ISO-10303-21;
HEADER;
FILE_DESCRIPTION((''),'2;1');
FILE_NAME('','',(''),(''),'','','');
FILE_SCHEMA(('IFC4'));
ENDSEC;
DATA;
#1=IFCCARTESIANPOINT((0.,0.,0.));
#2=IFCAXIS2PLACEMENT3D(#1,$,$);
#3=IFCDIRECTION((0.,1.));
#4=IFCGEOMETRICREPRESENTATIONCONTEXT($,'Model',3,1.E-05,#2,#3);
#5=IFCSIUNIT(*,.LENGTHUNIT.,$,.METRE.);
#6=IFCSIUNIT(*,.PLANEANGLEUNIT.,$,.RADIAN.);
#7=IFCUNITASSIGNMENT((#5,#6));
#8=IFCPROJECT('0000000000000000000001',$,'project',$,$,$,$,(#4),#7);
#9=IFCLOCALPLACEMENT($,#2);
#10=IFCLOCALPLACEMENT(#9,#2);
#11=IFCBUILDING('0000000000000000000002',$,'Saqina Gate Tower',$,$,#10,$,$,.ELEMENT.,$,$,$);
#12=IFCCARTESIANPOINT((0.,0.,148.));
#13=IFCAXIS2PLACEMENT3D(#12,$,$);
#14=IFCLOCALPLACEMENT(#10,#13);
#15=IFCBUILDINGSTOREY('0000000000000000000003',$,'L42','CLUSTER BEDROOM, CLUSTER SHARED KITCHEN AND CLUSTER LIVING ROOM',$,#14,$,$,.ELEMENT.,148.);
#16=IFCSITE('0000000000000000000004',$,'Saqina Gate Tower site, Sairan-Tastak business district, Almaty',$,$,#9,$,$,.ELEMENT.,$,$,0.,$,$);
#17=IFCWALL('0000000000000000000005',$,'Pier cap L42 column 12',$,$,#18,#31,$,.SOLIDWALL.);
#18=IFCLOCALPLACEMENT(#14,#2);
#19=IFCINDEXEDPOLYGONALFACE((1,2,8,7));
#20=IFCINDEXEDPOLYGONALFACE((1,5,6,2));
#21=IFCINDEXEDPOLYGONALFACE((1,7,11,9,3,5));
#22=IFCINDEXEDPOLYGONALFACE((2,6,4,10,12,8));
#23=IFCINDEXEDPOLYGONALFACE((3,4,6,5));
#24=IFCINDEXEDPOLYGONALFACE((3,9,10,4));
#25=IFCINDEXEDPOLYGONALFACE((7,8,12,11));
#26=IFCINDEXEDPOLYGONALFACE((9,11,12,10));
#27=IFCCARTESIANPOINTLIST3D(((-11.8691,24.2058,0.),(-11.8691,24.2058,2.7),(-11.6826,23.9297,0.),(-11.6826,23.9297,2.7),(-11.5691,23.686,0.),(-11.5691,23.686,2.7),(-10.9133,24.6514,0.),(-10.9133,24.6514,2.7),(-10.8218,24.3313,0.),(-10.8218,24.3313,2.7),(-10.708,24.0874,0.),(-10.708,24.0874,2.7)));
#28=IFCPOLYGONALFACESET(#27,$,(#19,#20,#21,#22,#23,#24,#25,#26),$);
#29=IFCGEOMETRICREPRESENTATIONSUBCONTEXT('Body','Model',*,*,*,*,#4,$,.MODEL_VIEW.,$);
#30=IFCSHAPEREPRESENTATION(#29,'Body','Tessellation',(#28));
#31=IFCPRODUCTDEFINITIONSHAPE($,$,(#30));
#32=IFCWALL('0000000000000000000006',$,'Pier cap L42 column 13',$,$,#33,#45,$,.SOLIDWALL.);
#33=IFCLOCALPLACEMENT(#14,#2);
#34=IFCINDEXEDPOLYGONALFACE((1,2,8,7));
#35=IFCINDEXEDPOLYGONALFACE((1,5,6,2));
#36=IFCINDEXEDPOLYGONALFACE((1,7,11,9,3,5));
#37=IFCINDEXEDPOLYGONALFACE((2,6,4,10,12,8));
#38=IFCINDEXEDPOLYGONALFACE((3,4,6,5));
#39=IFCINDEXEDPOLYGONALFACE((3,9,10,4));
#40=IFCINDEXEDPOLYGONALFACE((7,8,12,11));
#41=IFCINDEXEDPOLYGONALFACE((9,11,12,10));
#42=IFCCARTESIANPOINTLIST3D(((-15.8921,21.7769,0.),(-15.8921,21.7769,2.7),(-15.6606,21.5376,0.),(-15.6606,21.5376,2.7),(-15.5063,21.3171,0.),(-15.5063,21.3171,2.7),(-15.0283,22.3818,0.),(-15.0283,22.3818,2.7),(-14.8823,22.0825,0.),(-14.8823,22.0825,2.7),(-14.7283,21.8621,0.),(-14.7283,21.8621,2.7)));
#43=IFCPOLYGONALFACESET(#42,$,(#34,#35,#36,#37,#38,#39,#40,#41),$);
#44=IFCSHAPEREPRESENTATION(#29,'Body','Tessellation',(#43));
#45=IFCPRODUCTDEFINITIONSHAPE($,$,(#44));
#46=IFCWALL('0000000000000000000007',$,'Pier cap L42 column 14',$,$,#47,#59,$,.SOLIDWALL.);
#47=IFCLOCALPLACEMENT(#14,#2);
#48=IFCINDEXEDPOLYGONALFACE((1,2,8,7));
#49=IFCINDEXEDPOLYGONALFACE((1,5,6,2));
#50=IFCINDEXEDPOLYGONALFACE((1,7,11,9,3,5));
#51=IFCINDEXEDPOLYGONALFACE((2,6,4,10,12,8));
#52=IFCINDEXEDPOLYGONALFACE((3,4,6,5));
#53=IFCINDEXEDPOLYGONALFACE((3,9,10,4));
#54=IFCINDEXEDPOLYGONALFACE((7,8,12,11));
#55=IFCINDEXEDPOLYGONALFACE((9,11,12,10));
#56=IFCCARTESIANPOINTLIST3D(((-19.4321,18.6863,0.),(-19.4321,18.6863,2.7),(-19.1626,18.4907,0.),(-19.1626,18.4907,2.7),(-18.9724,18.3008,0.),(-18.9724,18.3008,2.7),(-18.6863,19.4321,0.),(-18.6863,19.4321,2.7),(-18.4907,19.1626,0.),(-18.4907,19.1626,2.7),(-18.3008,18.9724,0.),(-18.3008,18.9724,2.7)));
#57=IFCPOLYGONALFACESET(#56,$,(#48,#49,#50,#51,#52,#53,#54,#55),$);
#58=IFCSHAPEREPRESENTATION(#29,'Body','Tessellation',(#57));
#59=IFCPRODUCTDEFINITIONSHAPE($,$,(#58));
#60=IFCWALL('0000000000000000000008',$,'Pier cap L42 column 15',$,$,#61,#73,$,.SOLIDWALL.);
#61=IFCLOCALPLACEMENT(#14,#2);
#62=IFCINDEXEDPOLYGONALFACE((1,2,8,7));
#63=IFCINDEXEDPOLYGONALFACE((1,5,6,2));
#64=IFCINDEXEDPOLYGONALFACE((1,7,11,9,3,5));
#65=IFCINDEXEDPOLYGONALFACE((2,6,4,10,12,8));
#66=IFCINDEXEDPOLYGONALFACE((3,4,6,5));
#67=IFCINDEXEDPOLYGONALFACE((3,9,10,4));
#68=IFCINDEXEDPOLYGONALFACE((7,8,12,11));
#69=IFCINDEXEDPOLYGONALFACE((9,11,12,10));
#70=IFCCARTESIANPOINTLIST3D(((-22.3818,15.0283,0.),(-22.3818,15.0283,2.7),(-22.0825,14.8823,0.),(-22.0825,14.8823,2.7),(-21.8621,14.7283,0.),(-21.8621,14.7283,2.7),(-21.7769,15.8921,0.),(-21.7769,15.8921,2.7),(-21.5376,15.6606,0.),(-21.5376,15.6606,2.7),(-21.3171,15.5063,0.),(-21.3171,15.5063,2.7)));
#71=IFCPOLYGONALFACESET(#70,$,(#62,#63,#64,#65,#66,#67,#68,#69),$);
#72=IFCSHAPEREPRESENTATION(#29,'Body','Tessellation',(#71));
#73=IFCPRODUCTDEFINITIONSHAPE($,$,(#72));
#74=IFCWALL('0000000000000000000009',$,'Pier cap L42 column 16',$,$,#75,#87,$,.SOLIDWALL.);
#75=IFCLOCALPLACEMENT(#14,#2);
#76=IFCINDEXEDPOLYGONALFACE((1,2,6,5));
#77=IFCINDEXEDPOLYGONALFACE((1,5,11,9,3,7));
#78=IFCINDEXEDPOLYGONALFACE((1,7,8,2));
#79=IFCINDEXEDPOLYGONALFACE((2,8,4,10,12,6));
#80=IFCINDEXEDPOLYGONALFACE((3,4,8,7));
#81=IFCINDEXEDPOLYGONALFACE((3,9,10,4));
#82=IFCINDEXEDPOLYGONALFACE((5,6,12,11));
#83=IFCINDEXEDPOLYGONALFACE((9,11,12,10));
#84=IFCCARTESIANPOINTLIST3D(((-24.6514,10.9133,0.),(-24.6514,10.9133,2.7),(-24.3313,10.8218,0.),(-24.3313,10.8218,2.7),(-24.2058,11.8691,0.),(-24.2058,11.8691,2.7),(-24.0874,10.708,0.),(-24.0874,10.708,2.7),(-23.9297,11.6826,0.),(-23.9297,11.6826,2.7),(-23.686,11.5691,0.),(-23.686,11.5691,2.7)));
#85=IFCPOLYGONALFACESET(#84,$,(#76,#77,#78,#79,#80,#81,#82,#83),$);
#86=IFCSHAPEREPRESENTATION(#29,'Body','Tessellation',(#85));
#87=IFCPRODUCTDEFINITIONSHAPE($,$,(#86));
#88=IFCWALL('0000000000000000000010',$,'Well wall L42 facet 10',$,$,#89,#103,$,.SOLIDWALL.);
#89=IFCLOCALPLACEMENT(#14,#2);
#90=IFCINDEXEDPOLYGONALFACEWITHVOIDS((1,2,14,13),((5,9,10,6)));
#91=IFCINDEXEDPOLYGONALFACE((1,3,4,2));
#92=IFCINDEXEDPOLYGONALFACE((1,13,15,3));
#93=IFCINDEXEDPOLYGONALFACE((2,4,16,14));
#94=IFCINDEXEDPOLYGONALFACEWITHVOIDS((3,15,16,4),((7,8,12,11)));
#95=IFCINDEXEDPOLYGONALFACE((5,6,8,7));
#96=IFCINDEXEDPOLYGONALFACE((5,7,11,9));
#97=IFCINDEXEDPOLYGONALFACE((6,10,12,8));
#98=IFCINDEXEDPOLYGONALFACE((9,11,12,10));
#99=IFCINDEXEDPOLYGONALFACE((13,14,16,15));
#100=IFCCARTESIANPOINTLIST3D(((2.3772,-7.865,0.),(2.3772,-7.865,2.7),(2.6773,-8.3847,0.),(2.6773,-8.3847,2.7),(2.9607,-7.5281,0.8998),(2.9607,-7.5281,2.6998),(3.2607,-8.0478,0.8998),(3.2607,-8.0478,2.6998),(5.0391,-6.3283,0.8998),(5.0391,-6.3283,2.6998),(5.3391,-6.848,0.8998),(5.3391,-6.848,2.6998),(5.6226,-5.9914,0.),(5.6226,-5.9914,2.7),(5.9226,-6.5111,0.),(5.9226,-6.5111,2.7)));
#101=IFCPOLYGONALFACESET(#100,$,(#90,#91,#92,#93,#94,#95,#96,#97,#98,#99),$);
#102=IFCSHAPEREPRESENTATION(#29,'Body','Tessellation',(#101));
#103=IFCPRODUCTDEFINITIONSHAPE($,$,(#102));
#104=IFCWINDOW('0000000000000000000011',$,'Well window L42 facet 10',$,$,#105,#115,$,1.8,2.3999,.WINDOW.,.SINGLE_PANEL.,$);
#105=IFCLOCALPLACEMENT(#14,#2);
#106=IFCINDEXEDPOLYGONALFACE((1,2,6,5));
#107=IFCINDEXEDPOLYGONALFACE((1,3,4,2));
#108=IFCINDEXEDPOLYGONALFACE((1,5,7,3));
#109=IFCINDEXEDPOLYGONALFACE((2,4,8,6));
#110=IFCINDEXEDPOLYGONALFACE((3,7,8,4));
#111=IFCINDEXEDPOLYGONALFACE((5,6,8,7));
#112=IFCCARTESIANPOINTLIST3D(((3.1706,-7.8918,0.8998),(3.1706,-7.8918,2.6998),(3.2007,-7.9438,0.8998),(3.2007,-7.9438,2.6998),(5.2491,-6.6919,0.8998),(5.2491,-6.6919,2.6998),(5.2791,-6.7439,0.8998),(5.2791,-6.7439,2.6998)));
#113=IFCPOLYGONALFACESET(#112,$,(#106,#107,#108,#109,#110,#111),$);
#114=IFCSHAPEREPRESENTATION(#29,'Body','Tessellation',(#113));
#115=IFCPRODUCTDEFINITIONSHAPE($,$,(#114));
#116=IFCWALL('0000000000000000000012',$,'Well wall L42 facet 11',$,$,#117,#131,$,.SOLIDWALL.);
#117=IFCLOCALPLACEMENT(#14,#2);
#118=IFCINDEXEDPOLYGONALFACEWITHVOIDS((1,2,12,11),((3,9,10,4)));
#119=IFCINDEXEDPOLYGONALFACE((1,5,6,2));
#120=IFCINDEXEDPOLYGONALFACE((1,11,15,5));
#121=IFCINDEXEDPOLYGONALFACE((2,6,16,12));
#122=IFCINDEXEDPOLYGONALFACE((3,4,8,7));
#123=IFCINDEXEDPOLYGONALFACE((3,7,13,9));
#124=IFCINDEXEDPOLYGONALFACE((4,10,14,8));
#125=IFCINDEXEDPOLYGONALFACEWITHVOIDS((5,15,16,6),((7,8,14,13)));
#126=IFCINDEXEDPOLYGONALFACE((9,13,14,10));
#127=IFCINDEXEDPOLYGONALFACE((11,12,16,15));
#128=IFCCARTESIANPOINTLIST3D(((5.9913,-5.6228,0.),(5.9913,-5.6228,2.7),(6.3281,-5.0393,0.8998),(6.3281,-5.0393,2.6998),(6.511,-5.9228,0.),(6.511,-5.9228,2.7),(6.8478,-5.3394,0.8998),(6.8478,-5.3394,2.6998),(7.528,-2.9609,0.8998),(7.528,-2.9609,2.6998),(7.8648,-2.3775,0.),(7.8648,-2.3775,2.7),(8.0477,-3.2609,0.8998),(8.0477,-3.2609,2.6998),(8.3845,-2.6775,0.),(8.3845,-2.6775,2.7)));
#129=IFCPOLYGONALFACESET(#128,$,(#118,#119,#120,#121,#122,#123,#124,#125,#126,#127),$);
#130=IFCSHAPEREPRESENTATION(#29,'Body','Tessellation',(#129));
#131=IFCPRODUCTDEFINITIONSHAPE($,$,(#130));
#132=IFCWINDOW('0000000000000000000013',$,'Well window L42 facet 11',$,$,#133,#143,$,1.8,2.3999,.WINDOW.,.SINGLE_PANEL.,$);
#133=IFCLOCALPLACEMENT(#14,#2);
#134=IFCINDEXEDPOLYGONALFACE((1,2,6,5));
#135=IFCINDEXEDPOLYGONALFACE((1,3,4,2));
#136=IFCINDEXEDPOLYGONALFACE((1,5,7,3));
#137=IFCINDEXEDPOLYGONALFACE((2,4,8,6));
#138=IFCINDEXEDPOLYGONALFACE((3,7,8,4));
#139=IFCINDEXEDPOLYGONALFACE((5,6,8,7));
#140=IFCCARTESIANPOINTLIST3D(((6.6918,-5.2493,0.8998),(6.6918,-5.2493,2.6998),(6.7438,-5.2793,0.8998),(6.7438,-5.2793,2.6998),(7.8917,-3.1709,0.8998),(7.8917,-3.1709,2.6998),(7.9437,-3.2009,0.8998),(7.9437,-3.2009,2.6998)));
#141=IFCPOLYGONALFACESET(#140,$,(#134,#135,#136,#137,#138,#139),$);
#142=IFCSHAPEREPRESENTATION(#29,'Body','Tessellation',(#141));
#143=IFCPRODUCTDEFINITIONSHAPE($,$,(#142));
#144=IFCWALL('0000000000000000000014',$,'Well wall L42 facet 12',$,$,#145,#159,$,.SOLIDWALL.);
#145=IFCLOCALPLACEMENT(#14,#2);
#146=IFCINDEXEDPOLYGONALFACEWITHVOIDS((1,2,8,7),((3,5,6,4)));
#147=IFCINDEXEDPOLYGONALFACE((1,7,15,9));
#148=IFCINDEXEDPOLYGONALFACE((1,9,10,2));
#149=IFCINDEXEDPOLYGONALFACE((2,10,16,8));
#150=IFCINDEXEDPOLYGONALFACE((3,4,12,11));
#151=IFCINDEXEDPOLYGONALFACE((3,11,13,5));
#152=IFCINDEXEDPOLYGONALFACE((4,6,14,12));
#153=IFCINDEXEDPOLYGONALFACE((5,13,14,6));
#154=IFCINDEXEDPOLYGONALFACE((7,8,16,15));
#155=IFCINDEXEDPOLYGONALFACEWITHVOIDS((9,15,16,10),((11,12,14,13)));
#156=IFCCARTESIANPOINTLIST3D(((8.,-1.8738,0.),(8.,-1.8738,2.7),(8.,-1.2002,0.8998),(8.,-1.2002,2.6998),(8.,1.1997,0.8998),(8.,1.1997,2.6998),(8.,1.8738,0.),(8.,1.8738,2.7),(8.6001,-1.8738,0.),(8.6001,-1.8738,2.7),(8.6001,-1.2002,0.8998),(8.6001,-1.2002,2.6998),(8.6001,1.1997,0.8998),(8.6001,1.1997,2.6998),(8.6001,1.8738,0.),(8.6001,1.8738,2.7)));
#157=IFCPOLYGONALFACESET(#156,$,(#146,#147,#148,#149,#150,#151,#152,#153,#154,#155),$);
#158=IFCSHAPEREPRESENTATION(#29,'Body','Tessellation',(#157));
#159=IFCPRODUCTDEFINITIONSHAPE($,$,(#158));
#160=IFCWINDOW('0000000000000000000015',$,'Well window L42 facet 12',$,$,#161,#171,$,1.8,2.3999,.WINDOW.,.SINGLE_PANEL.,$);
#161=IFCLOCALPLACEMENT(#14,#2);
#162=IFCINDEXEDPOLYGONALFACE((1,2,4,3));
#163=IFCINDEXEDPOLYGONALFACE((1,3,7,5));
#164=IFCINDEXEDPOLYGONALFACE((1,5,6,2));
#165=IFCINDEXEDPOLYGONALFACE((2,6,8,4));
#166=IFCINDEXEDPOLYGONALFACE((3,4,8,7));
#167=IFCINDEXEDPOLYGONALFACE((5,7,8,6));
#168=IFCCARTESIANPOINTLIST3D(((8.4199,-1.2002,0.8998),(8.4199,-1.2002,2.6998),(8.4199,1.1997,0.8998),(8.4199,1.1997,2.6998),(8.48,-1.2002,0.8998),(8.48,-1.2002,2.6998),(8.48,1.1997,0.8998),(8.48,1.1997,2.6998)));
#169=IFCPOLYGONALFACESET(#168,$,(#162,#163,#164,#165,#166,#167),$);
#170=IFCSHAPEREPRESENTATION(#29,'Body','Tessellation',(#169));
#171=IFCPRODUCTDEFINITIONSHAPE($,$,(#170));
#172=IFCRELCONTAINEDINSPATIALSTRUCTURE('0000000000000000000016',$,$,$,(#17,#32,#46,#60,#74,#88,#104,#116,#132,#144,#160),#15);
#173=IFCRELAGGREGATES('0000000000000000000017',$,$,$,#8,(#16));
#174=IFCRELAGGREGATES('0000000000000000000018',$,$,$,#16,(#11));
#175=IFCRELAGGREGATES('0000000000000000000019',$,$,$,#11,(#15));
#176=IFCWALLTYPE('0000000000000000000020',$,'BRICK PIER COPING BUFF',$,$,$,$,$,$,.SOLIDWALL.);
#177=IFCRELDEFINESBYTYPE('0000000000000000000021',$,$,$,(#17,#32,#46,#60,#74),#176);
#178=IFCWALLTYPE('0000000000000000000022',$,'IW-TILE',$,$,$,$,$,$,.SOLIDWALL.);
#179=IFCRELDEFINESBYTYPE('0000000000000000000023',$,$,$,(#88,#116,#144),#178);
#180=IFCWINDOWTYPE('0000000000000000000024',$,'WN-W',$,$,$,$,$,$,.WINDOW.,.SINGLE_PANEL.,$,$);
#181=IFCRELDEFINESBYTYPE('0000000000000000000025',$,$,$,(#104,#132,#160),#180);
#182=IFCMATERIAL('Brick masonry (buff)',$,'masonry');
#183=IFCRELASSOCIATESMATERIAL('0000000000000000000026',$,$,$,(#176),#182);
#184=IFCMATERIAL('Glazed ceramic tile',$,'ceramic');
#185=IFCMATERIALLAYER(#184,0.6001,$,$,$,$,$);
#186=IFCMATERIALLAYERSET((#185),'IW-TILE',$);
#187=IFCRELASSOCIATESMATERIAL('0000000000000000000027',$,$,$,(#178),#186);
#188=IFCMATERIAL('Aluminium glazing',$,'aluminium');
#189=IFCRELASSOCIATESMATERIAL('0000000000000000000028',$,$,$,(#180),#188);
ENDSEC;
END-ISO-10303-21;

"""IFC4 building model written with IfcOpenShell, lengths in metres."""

from ifc_helpers import new_model, si_unit, direction, frame, frame_2d, origin, place, context, subcontext, project, spatial, polyline, rectangle, outline, extrude, material, layer, layer_set, type_object, element, fill, save


model = new_model("IFC4")

# Units and contexts
model_context = context("Model", 3, precision=1e-05, world=origin(), true_north=direction((0.0, 1.0)))
body_context = subcontext(model_context, "Body", "Model", "MODEL_VIEW")
ifc_project = project(units=[si_unit("LENGTHUNIT", "METRE"), si_unit("PLANEANGLEUNIT", "RADIAN")], contexts=[model_context])

# Site, building, storey
site_placement = place(None, origin())
site = spatial("IfcSite", under=ifc_project, at=site_placement, Name="Saqina Gate Tower site, Sairan-Tastak business district, Almaty", CompositionType="ELEMENT", RefElevation=0.0)
building_placement = place(site_placement, origin())
building = spatial("IfcBuilding", under=site, at=building_placement, Name="Saqina Gate Tower", CompositionType="ELEMENT")
storey_placement = place(building_placement, frame((0.0, 0.0, 148.0)))
storey = spatial("IfcBuildingStorey", under=building, at=storey_placement, Name="L42", Description="CLUSTER BEDROOM, CLUSTER SHARED KITCHEN AND CLUSTER LIVING ROOM", CompositionType="ELEMENT", Elevation=148.0)

# Walls
ifc_material_1 = material(Name="Brick masonry (buff)", Category="masonry")
wall_type_1 = type_object("IfcWallType", Name="BRICK PIER COPING BUFF", PredefinedType="SOLIDWALL", material=ifc_material_1)
wall_1_placement = place(storey_placement, origin())
element("IfcWall", 1, at=wall_1_placement, inside=storey, type_object=wall_type_1, Name="Pier cap L42 column 12", PredefinedType="SOLIDWALL", context=body_context, shape_type="SweptSolid", body=[
    extrude(outline(polyline([(-10.9133, 24.6514), (-11.8691, 24.2058), (-11.5691, 23.686), (-11.6826, 23.9297), (-10.8218, 24.3313), (-10.708, 24.0874), (-10.9133, 24.6514)])), origin(), (0.0, 0.0, 1.0), 2.7),
])
wall_2_placement = place(storey_placement, origin())
element("IfcWall", 2, at=wall_2_placement, inside=storey, type_object=wall_type_1, Name="Pier cap L42 column 13", PredefinedType="SOLIDWALL", context=body_context, shape_type="SweptSolid", body=[
    extrude(outline(polyline([(-15.8921, 21.7769), (-15.5063, 21.3171), (-15.6606, 21.5376), (-14.8823, 22.0825), (-14.7283, 21.8621), (-15.0283, 22.3818), (-15.8921, 21.7769)])), origin(), (0.0, 0.0, 1.0), 2.7),
])
wall_3_placement = place(storey_placement, origin())
element("IfcWall", 3, at=wall_3_placement, inside=storey, type_object=wall_type_1, Name="Pier cap L42 column 14", PredefinedType="SOLIDWALL", context=body_context, shape_type="SweptSolid", body=[
    extrude(outline(polyline([(-18.6863, 19.4321), (-19.4321, 18.6863), (-18.9724, 18.3008), (-19.1626, 18.4907), (-18.4907, 19.1626), (-18.3008, 18.9724), (-18.6863, 19.4321)])), origin(), (0.0, 0.0, 1.0), 2.7),
])
wall_4_placement = place(storey_placement, origin())
element("IfcWall", 4, at=wall_4_placement, inside=storey, type_object=wall_type_1, Name="Pier cap L42 column 15", PredefinedType="SOLIDWALL", context=body_context, shape_type="SweptSolid", body=[
    extrude(outline(polyline([(-22.3818, 15.0283), (-21.8621, 14.7283), (-22.0825, 14.8823), (-21.5376, 15.6606), (-21.3171, 15.5063), (-21.7769, 15.8921), (-22.3818, 15.0283)])), origin(), (0.0, 0.0, 1.0), 2.7),
])
wall_5_placement = place(storey_placement, origin())
element("IfcWall", 5, at=wall_5_placement, inside=storey, type_object=wall_type_1, Name="Pier cap L42 column 16", PredefinedType="SOLIDWALL", context=body_context, shape_type="SweptSolid", body=[
    extrude(outline(polyline([(-24.6514, 10.9133), (-24.0874, 10.708), (-24.3313, 10.8218), (-23.9297, 11.6826), (-23.686, 11.5691), (-24.2058, 11.8691), (-24.6514, 10.9133)])), origin(), (0.0, 0.0, 1.0), 2.7),
])

# Walls, openings, windows
ifc_material_2 = material(Name="Glazed ceramic tile", Category="ceramic")
ifc_layer_1 = layer(ifc_material_2, 0.6001)
ifc_layer_set_1 = layer_set([ifc_layer_1], Name="IW-TILE")
wall_type_2 = type_object("IfcWallType", Name="IW-TILE", PredefinedType="SOLIDWALL", material=ifc_layer_set_1)
wall_6_placement = place(storey_placement, frame((2.5273, -8.1248, 0.0), z_axis=(0.0, 0.0, 1.0), x_axis=(0.866046, 0.499965, 0.0)))
wall_6 = element("IfcWall", 6, at=wall_6_placement, inside=storey, type_object=wall_type_2, Name="Well wall L42 facet 10", PredefinedType="SOLIDWALL", context=body_context, shape_type="SweptSolid", body=[
    extrude(rectangle(XDim=3.7473, YDim=0.6001, at=frame_2d((1.8735, 0.0))), origin(), (0.0, 0.0, 1.0), 2.7),
])
opening_1_placement = place(wall_6_placement, frame((0.6736, 0.0, 0.8999)))
opening_1 = element("IfcOpeningElement", 7, at=opening_1_placement, cuts=wall_6, PredefinedType="OPENING", context=body_context, shape_type="SweptSolid", body=[
    extrude(rectangle(XDim=2.3999, YDim=1.8, at=frame_2d((1.2, 0.8999))), frame((0.0, 0.312, 0.0), z_axis=(0.0, -1.0, 0.0), x_axis=(1.0, 0.0, 0.0)), (0.0, 0.0, 1.0), 0.624),
])
ifc_material_3 = material(Name="Aluminium glazing", Category="aluminium")
window_type = type_object("IfcWindowType", Name="WN-W", PartitioningType="SINGLE_PANEL", PredefinedType="WINDOW", material=ifc_material_3)
window_1_placement = place(opening_1_placement, origin())
window_1 = element("IfcWindow", 8, at=window_1_placement, inside=storey, type_object=window_type, Name="Well window L42 facet 10", OverallHeight=1.8, OverallWidth=2.3999, PartitioningType="SINGLE_PANEL", PredefinedType="WINDOW", context=body_context, shape_type="SweptSolid", body=[
    extrude(rectangle(XDim=2.3999, YDim=1.8, at=frame_2d((1.2, 0.8999))), frame((0.0, -0.1199, 0.0), z_axis=(0.0, -1.0, 0.0), x_axis=(1.0, 0.0, 0.0)), (0.0, 0.0, 1.0), 0.0601),
])
fill(opening_1, window_1)
wall_7_placement = place(storey_placement, frame((6.2512, -5.7727, 0.0), z_axis=(0.0, 0.0, 1.0), x_axis=(0.499965, 0.866046, 0.0)))
wall_7 = element("IfcWall", 9, at=wall_7_placement, inside=storey, type_object=wall_type_2, Name="Well wall L42 facet 11", PredefinedType="SOLIDWALL", context=body_context, shape_type="SweptSolid", body=[
    extrude(rectangle(XDim=3.7473, YDim=0.6001, at=frame_2d((1.8735, 0.0))), origin(), (0.0, 0.0, 1.0), 2.7),
])
opening_2_placement = place(wall_7_placement, frame((0.6736, 0.0, 0.8999)))
opening_2 = element("IfcOpeningElement", 10, at=opening_2_placement, cuts=wall_7, PredefinedType="OPENING", context=body_context, shape_type="SweptSolid", body=[
    extrude(rectangle(XDim=2.3999, YDim=1.8, at=frame_2d((1.2, 0.8999))), frame((0.0, 0.312, 0.0), z_axis=(0.0, -1.0, 0.0), x_axis=(1.0, 0.0, 0.0)), (0.0, 0.0, 1.0), 0.624),
])
window_2_placement = place(opening_2_placement, origin())
window_2 = element("IfcWindow", 11, at=window_2_placement, inside=storey, type_object=window_type, Name="Well window L42 facet 11", OverallHeight=1.8, OverallWidth=2.3999, PartitioningType="SINGLE_PANEL", PredefinedType="WINDOW", context=body_context, shape_type="SweptSolid", body=[
    extrude(rectangle(XDim=2.3999, YDim=1.8, at=frame_2d((1.2, 0.8999))), frame((0.0, -0.1199, 0.0), z_axis=(0.0, -1.0, 0.0), x_axis=(1.0, 0.0, 0.0)), (0.0, 0.0, 1.0), 0.0601),
])
fill(opening_2, window_2)
wall_8_placement = place(storey_placement, frame((8.3, -1.8738, 0.0), z_axis=(0.0, 0.0, 1.0), x_axis=(0.0, 1.0, 0.0)))
wall_8 = element("IfcWall", 12, at=wall_8_placement, inside=storey, type_object=wall_type_2, Name="Well wall L42 facet 12", PredefinedType="SOLIDWALL", context=body_context, shape_type="SweptSolid", body=[
    extrude(rectangle(XDim=3.7476, YDim=0.6001, at=frame_2d((1.8738, 0.0))), origin(), (0.0, 0.0, 1.0), 2.7),
])
opening_3_placement = place(wall_8_placement, frame((0.6736, 0.0, 0.8999)))
opening_3 = element("IfcOpeningElement", 13, at=opening_3_placement, cuts=wall_8, PredefinedType="OPENING", context=body_context, shape_type="SweptSolid", body=[
    extrude(rectangle(XDim=2.3999, YDim=1.8, at=frame_2d((1.2, 0.8999))), frame((0.0, 0.312, 0.0), z_axis=(0.0, -1.0, 0.0), x_axis=(1.0, 0.0, 0.0)), (0.0, 0.0, 1.0), 0.624),
])
window_3_placement = place(opening_3_placement, origin())
window_3 = element("IfcWindow", 14, at=window_3_placement, inside=storey, type_object=window_type, Name="Well window L42 facet 12", OverallHeight=1.8, OverallWidth=2.3999, PartitioningType="SINGLE_PANEL", PredefinedType="WINDOW", context=body_context, shape_type="SweptSolid", body=[
    extrude(rectangle(XDim=2.3999, YDim=1.8, at=frame_2d((1.2, 0.8999))), frame((0.0, -0.1199, 0.0), z_axis=(0.0, -1.0, 0.0), x_axis=(1.0, 0.0, 0.0)), (0.0, 0.0, 1.0), 0.0601),
])
fill(opening_3, window_3)

save(model, "model.ifc")
